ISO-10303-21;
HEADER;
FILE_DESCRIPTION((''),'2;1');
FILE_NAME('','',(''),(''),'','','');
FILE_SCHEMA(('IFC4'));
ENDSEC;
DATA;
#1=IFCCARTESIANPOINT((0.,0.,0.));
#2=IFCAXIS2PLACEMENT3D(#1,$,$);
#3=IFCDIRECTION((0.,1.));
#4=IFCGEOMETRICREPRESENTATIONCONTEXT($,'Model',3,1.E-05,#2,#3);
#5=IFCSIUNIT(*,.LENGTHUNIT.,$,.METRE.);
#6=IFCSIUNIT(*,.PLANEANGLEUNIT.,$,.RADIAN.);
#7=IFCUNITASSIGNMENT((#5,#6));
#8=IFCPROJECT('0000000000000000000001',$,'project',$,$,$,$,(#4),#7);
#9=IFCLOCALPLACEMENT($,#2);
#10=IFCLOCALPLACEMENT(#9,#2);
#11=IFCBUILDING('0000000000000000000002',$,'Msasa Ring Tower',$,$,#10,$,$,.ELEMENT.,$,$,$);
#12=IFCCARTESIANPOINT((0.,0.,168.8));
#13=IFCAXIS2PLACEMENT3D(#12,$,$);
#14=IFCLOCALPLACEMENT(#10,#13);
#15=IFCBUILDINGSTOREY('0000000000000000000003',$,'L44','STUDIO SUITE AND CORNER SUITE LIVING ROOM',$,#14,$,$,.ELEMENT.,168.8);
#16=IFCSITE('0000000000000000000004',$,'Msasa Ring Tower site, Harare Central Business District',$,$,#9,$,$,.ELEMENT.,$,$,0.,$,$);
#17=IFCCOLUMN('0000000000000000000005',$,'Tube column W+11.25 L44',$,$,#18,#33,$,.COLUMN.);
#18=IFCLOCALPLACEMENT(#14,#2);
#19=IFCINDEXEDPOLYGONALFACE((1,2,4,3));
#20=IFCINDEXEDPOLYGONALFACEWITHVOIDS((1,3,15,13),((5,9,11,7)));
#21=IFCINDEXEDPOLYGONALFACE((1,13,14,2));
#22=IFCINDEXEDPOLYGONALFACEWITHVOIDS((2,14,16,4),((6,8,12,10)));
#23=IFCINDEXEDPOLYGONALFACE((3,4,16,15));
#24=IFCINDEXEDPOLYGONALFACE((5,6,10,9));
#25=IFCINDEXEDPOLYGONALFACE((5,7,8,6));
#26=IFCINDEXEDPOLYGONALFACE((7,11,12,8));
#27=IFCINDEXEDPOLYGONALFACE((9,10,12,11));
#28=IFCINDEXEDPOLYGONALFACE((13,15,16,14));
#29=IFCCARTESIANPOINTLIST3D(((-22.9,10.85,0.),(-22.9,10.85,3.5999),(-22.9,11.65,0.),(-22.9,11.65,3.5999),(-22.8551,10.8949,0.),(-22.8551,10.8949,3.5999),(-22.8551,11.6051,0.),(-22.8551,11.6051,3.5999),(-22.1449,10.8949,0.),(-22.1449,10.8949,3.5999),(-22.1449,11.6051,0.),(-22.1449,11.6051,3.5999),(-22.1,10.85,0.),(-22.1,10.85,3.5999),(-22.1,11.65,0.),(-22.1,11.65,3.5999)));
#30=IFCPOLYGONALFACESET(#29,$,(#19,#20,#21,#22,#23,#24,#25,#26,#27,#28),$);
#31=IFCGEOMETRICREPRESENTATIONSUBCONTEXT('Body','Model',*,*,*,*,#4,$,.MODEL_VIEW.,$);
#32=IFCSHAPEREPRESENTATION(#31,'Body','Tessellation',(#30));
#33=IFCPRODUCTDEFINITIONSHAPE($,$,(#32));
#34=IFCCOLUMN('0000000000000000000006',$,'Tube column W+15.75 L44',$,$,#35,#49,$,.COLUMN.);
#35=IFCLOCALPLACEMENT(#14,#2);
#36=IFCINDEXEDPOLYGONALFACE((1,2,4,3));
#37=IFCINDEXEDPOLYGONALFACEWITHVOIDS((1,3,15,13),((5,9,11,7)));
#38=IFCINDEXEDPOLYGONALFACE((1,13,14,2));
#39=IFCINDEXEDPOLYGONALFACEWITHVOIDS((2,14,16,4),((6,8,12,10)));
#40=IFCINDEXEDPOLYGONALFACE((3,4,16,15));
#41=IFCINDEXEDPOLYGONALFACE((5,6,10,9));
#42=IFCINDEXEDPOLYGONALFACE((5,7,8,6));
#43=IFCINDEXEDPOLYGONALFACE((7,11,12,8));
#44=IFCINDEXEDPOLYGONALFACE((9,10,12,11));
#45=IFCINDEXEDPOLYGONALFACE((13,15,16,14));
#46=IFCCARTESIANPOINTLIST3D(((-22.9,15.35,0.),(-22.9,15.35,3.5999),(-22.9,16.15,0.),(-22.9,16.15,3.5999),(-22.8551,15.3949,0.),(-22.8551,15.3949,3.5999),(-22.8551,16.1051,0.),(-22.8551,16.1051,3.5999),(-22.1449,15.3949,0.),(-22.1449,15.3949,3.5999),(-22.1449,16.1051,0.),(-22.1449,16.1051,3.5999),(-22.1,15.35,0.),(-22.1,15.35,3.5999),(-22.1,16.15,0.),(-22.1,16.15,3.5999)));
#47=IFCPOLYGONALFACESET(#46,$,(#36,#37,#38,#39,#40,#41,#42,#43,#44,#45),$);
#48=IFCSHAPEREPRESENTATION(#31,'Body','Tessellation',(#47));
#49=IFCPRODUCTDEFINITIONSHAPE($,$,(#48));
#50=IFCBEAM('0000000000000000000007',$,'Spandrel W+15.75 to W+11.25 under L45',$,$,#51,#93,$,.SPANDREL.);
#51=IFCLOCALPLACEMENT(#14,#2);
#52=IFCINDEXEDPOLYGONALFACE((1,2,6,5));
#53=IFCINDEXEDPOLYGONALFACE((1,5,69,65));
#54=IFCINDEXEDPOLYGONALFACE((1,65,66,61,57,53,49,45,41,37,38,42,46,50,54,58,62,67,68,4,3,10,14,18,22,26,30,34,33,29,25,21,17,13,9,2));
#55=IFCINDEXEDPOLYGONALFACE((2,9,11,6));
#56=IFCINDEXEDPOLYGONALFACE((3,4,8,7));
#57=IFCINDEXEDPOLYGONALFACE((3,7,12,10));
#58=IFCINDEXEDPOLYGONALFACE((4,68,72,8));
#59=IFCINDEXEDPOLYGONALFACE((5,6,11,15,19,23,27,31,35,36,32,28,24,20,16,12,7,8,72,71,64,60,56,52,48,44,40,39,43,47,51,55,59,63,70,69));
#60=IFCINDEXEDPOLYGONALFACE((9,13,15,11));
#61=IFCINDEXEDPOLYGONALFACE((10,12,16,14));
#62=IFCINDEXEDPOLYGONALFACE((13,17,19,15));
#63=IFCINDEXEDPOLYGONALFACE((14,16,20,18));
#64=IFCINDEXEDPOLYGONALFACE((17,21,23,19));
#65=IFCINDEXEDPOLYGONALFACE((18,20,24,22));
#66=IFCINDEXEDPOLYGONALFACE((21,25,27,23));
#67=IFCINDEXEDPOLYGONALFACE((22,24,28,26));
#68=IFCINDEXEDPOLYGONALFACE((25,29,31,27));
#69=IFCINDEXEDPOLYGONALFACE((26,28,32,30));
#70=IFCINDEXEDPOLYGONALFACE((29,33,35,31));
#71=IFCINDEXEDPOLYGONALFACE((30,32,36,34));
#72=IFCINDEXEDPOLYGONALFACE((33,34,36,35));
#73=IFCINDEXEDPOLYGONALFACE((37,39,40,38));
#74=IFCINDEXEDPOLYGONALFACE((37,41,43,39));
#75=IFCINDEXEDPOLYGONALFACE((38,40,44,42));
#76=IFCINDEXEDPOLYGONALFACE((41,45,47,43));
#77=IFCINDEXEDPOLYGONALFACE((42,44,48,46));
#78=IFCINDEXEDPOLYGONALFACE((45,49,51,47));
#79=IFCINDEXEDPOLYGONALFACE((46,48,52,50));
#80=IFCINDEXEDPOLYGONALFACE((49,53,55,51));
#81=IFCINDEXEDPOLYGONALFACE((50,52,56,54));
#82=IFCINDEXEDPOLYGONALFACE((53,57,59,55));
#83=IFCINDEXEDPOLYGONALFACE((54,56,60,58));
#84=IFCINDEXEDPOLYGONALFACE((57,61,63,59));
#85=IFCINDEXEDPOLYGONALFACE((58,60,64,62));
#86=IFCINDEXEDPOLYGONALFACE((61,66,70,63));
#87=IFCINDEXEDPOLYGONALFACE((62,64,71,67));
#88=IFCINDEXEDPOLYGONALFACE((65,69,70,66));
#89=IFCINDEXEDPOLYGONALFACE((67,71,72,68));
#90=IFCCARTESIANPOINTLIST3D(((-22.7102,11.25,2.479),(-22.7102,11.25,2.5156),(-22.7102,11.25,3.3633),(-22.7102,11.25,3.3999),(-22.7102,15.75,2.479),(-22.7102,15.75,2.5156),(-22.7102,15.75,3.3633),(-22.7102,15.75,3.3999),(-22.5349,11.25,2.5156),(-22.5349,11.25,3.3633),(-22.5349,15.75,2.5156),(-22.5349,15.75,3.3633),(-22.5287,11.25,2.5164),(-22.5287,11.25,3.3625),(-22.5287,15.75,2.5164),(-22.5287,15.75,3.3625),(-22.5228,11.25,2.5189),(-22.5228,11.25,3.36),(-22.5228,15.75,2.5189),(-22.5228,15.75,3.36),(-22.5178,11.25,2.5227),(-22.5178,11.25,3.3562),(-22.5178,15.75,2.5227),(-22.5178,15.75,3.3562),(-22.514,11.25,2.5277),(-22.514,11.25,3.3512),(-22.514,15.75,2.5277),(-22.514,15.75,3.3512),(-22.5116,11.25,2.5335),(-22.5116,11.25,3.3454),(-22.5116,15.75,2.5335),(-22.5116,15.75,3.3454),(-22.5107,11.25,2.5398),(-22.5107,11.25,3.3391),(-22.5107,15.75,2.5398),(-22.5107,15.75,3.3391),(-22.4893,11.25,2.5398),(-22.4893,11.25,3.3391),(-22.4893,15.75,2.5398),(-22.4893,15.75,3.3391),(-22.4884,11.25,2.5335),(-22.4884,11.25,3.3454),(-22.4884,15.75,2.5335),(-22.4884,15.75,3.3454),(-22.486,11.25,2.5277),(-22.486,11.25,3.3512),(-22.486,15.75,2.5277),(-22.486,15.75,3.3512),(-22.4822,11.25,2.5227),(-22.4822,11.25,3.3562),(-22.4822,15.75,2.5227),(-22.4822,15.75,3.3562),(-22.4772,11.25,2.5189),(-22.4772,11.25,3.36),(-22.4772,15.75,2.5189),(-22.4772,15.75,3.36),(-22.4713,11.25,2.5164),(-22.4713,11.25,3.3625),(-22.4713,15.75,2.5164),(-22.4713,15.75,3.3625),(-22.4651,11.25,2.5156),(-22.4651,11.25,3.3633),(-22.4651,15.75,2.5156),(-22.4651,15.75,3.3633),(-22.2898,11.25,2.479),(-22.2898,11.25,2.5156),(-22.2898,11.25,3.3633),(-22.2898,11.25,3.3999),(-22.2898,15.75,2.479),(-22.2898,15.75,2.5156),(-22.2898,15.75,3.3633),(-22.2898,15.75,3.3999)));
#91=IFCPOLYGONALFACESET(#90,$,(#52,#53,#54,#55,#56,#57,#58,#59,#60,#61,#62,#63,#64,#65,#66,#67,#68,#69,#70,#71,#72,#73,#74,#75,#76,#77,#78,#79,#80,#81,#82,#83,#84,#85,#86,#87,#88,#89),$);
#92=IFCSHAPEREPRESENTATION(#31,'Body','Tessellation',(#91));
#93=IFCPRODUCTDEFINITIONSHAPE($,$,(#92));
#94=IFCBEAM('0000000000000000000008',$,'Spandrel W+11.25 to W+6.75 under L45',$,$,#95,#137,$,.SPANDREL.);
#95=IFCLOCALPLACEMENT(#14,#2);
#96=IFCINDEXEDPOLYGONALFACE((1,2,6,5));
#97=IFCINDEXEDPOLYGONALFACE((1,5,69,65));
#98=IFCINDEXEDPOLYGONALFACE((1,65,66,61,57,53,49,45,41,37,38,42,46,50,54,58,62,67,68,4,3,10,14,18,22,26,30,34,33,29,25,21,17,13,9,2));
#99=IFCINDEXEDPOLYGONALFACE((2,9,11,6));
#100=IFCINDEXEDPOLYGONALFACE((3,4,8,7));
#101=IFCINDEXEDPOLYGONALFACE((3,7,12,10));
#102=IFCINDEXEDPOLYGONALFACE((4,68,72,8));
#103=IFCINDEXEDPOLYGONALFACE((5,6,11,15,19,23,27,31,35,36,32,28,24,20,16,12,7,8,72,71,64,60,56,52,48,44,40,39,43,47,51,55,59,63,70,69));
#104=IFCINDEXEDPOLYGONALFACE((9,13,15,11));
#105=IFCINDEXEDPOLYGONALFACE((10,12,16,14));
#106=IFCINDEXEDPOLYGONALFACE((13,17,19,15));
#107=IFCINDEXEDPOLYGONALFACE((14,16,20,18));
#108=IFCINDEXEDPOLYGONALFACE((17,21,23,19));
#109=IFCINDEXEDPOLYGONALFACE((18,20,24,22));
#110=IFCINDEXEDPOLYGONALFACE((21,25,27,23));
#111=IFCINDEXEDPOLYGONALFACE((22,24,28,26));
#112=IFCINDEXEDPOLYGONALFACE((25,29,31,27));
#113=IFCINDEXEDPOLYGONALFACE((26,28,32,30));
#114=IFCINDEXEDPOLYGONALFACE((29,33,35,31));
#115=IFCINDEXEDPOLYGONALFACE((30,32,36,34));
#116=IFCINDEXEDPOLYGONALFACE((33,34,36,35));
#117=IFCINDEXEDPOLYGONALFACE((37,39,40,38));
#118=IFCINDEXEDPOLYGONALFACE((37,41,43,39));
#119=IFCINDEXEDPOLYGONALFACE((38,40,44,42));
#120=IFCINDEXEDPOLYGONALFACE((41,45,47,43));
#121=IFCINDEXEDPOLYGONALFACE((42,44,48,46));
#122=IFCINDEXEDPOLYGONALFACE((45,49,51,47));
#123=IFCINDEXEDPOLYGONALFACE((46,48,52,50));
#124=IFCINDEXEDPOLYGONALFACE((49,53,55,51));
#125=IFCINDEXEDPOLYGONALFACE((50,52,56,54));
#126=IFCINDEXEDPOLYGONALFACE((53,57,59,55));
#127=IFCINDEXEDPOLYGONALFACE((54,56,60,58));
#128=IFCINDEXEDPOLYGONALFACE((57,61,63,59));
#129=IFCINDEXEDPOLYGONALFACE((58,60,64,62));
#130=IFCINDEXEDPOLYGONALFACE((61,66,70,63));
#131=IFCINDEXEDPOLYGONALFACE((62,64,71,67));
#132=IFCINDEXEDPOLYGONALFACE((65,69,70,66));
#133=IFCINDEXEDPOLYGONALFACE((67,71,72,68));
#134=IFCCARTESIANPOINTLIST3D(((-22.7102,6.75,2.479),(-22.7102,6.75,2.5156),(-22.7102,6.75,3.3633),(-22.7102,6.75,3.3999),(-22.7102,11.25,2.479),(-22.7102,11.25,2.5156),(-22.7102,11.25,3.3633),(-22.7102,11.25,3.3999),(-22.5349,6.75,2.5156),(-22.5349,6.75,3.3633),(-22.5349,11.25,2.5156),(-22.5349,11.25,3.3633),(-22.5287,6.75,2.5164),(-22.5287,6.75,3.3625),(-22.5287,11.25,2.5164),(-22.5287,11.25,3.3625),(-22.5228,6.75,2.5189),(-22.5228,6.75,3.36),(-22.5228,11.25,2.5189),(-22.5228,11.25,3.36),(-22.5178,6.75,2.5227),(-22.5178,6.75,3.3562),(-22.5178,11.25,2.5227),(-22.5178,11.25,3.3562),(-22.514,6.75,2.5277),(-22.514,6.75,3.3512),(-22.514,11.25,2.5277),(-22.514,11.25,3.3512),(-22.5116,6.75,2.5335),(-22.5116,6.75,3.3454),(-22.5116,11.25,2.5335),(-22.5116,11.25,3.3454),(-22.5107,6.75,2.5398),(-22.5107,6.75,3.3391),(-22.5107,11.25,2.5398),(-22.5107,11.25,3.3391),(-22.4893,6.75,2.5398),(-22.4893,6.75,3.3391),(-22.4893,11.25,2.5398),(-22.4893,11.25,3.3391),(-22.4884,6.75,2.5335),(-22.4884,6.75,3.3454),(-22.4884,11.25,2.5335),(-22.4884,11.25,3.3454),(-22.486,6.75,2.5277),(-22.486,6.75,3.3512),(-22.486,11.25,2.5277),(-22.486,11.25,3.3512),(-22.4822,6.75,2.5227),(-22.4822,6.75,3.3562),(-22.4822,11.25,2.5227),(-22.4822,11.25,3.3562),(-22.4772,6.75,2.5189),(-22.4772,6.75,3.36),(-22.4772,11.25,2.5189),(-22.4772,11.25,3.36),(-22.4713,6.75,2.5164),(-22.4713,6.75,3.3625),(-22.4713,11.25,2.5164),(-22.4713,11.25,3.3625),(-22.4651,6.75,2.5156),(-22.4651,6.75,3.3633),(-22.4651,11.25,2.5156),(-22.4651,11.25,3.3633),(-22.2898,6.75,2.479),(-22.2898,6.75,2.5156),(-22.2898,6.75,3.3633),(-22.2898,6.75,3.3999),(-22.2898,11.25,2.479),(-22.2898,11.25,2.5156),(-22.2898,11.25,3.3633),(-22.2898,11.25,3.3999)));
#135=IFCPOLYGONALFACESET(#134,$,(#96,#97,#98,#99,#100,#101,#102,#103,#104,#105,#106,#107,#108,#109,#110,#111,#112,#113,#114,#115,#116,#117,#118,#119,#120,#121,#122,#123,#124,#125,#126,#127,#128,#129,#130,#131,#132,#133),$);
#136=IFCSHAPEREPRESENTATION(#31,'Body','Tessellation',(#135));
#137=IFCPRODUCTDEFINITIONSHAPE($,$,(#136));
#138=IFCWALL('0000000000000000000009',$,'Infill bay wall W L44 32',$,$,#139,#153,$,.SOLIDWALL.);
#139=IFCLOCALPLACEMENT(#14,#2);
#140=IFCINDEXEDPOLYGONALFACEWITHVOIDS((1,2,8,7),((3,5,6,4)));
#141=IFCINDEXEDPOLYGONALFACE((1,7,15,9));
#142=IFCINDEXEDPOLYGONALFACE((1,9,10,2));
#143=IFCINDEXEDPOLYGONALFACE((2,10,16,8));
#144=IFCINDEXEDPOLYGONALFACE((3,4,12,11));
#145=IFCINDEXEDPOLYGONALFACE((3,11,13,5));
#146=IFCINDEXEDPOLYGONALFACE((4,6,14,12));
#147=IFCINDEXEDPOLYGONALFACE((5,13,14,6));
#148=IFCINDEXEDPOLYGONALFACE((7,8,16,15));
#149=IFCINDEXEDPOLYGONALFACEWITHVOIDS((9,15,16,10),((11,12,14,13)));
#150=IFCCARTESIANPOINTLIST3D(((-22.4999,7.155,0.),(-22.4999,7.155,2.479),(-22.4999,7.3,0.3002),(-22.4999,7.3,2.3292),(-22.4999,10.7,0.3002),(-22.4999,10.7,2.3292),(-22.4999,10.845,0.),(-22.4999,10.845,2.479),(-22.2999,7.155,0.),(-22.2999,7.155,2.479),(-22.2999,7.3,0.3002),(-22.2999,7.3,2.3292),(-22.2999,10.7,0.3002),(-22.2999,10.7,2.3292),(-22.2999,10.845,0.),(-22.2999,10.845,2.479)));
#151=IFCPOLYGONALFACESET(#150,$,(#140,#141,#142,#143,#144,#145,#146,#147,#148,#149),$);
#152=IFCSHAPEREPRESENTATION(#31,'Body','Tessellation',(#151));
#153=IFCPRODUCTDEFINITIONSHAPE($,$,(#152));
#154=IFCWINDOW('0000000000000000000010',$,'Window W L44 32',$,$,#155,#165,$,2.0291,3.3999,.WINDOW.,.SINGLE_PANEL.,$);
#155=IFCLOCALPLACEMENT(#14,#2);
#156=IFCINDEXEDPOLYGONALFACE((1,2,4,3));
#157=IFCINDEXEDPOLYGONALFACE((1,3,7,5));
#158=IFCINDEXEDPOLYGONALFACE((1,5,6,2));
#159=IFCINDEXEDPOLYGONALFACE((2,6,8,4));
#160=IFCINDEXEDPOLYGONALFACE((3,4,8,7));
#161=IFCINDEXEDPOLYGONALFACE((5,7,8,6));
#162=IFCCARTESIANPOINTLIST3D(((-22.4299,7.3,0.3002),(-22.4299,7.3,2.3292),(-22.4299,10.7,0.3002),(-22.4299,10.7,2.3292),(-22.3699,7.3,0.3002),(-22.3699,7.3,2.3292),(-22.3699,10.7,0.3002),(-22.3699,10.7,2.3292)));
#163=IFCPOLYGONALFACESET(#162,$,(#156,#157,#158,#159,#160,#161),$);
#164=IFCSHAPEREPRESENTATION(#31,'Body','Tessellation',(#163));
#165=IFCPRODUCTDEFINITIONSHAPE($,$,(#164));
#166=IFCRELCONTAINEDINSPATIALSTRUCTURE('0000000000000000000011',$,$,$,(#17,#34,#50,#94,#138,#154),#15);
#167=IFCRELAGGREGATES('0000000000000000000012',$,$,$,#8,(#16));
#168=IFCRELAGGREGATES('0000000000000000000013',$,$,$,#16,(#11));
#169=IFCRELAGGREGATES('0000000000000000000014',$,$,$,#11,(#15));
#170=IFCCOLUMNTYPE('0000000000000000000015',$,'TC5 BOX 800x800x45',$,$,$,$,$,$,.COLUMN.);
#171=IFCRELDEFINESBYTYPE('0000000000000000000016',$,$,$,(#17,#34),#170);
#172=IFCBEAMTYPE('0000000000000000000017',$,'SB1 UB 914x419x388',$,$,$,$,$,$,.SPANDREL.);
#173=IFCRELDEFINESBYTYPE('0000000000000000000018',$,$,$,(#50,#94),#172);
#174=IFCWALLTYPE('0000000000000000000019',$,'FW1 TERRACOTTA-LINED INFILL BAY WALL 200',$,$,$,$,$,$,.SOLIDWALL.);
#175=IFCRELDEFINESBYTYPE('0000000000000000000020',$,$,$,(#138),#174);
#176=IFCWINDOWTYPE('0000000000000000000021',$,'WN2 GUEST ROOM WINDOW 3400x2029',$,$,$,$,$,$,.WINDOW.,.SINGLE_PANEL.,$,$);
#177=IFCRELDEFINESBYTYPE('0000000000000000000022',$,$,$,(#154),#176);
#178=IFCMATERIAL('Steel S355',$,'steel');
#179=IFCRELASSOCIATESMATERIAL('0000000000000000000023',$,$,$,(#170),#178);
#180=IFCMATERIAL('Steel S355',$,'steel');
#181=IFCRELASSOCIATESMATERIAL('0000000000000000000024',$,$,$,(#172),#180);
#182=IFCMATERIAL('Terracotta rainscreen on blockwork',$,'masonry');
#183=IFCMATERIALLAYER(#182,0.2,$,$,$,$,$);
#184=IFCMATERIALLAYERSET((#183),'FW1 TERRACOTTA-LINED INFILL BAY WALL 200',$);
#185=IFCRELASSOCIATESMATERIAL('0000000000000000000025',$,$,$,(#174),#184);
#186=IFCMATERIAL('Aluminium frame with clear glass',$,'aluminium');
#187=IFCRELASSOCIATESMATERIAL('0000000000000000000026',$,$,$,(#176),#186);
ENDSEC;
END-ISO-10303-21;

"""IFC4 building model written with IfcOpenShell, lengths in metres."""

from ifc_helpers import new_model, si_unit, direction, frame, frame_2d, origin, origin_2d, place, context, subcontext, project, spatial, rectangle, hollow_rectangle, i_section, extrude, material, layer, layer_set, material_profile, profile_set, type_object, element, fill, save


model = new_model("IFC4")

# Units and contexts
model_context = context("Model", 3, precision=1e-05, world=origin(), true_north=direction((0.0, 1.0)))
body_context = subcontext(model_context, "Body", "Model", "MODEL_VIEW")
ifc_project = project(units=[si_unit("LENGTHUNIT", "METRE"), si_unit("PLANEANGLEUNIT", "RADIAN")], contexts=[model_context])

# Site, building, storey
site_placement = place(None, origin())
site = spatial("IfcSite", under=ifc_project, at=site_placement, Name="Msasa Ring Tower site, Harare Central Business District", CompositionType="ELEMENT", RefElevation=0.0)
building_placement = place(site_placement, origin())
building = spatial("IfcBuilding", under=site, at=building_placement, Name="Msasa Ring Tower", CompositionType="ELEMENT")
storey_placement = place(building_placement, frame((0.0, 0.0, 168.8)))
storey = spatial("IfcBuildingStorey", under=building, at=storey_placement, Name="L44", Description="STUDIO SUITE AND CORNER SUITE LIVING ROOM", CompositionType="ELEMENT", Elevation=168.8)

# Columns
ifc_material_1 = material(Name="Steel S355", Category="steel")
ifc_material_profile_1 = material_profile(ifc_material_1, hollow_rectangle(XDim=0.8, YDim=0.8, WallThickness=0.0449, at=origin_2d()), Name="BOX 800x800x45")
ifc_profile_set_1 = profile_set([ifc_material_profile_1], Name="Steel S355")
column_type = type_object("IfcColumnType", Name="TC5 BOX 800x800x45", PredefinedType="COLUMN", material=ifc_profile_set_1)
for number, where, z_axis, x_axis, name in (
    (1, (-22.5, 11.25, 0.0), (0.0, 0.0, 1.0), (1.0, 0.0, 0.0), "Tube column W+11.25 L44"),
    (2, (-22.5, 15.75, 0.0), (0.0, 0.0, 1.0), (1.0, 0.0, 0.0), "Tube column W+15.75 L44"),
):
    element("IfcColumn", number, at=place(storey_placement, frame(where, z_axis=z_axis, x_axis=x_axis)), inside=storey, type_object=column_type, Name=name, PredefinedType="COLUMN", context=body_context, shape_type="SweptSolid", body=[
        extrude(hollow_rectangle(XDim=0.8, YDim=0.8, WallThickness=0.0449, at=origin_2d()), origin(), (0.0, 0.0, 1.0), 3.5999),
    ])

# Beams
ifc_material_2 = material(Name="Steel S355", Category="steel")
ifc_material_profile_2 = material_profile(ifc_material_2, i_section(OverallWidth=0.4204, OverallDepth=0.9209, WebThickness=0.0215, FlangeThickness=0.0366, FilletRadius=0.0242, at=origin_2d()), Name="UB 914x419x388")
ifc_profile_set_2 = profile_set([ifc_material_profile_2], Name="Steel S355")
beam_type = type_object("IfcBeamType", Name="SB1 UB 914x419x388", PredefinedType="SPANDREL", material=ifc_profile_set_2)
for number, where, z_axis, x_axis, name in (
    (3, (-22.5, 15.75, 2.9395), (0.0, -1.0, 0.0), (1.0, 0.0, 0.0), "Spandrel W+15.75 to W+11.25 under L45"),
    (4, (-22.5, 11.25, 2.9395), (0.0, -1.0, 0.0), (1.0, 0.0, 0.0), "Spandrel W+11.25 to W+6.75 under L45"),
):
    element("IfcBeam", number, at=place(storey_placement, frame(where, z_axis=z_axis, x_axis=x_axis)), inside=storey, type_object=beam_type, Name=name, PredefinedType="SPANDREL", context=body_context, shape_type="SweptSolid", body=[
        extrude(i_section(OverallWidth=0.4204, OverallDepth=0.9209, WebThickness=0.0215, FlangeThickness=0.0366, FilletRadius=0.0242, at=origin_2d()), origin(), (0.0, 0.0, 1.0), 4.5),
    ])

# Wall, opening, window
ifc_material_3 = material(Name="Terracotta rainscreen on blockwork", Category="masonry")
ifc_layer_1 = layer(ifc_material_3, 0.2)
ifc_layer_set_1 = layer_set([ifc_layer_1], Name="FW1 TERRACOTTA-LINED INFILL BAY WALL 200")
wall_type_1 = type_object("IfcWallType", Name="FW1 TERRACOTTA-LINED INFILL BAY WALL 200", PredefinedType="SOLIDWALL", material=ifc_layer_set_1)
wall_1_placement = place(storey_placement, frame((-22.3999, 7.155, 0.0), z_axis=(0.0, 0.0, 1.0), x_axis=(0.0, 1.0, 0.0)))
wall_1 = element("IfcWall", 5, at=wall_1_placement, inside=storey, type_object=wall_type_1, Name="Infill bay wall W L44 32", PredefinedType="SOLIDWALL", context=body_context, shape_type="SweptSolid", body=[
    extrude(rectangle(XDim=3.6899, YDim=0.2, at=frame_2d((1.845, 0.0))), origin(), (0.0, 0.0, 1.0), 2.479),
])
opening_1_placement = place(wall_1_placement, frame((0.145, 0.0, 0.3)))
opening_1 = element("IfcOpeningElement", 6, at=opening_1_placement, cuts=wall_1, PredefinedType="OPENING", context=body_context, shape_type="SweptSolid", body=[
    extrude(rectangle(XDim=3.3999, YDim=2.0291, at=frame_2d((1.7, 1.0146))), frame((0.0, 0.1099, 0.0), z_axis=(0.0, -1.0, 0.0), x_axis=(1.0, 0.0, 0.0)), (0.0, 0.0, 1.0), 0.22),
])
ifc_material_4 = material(Name="Aluminium frame with clear glass", Category="aluminium")
window_type = type_object("IfcWindowType", Name="WN2 GUEST ROOM WINDOW 3400x2029", PartitioningType="SINGLE_PANEL", PredefinedType="WINDOW", material=ifc_material_4)
window_1_placement = place(opening_1_placement, origin())
window_1 = element("IfcWindow", 7, at=window_1_placement, inside=storey, type_object=window_type, Name="Window W L44 32", OverallHeight=2.0291, OverallWidth=3.3999, PartitioningType="SINGLE_PANEL", PredefinedType="WINDOW", context=body_context, shape_type="SweptSolid", body=[
    extrude(rectangle(XDim=3.3999, YDim=2.0291, at=frame_2d((1.7, 1.0146))), frame((0.0, 0.03, 0.0), z_axis=(0.0, -1.0, 0.0), x_axis=(1.0, 0.0, 0.0)), (0.0, 0.0, 1.0), 0.0601),
])
fill(opening_1, window_1)

save(model, "model.ifc")
